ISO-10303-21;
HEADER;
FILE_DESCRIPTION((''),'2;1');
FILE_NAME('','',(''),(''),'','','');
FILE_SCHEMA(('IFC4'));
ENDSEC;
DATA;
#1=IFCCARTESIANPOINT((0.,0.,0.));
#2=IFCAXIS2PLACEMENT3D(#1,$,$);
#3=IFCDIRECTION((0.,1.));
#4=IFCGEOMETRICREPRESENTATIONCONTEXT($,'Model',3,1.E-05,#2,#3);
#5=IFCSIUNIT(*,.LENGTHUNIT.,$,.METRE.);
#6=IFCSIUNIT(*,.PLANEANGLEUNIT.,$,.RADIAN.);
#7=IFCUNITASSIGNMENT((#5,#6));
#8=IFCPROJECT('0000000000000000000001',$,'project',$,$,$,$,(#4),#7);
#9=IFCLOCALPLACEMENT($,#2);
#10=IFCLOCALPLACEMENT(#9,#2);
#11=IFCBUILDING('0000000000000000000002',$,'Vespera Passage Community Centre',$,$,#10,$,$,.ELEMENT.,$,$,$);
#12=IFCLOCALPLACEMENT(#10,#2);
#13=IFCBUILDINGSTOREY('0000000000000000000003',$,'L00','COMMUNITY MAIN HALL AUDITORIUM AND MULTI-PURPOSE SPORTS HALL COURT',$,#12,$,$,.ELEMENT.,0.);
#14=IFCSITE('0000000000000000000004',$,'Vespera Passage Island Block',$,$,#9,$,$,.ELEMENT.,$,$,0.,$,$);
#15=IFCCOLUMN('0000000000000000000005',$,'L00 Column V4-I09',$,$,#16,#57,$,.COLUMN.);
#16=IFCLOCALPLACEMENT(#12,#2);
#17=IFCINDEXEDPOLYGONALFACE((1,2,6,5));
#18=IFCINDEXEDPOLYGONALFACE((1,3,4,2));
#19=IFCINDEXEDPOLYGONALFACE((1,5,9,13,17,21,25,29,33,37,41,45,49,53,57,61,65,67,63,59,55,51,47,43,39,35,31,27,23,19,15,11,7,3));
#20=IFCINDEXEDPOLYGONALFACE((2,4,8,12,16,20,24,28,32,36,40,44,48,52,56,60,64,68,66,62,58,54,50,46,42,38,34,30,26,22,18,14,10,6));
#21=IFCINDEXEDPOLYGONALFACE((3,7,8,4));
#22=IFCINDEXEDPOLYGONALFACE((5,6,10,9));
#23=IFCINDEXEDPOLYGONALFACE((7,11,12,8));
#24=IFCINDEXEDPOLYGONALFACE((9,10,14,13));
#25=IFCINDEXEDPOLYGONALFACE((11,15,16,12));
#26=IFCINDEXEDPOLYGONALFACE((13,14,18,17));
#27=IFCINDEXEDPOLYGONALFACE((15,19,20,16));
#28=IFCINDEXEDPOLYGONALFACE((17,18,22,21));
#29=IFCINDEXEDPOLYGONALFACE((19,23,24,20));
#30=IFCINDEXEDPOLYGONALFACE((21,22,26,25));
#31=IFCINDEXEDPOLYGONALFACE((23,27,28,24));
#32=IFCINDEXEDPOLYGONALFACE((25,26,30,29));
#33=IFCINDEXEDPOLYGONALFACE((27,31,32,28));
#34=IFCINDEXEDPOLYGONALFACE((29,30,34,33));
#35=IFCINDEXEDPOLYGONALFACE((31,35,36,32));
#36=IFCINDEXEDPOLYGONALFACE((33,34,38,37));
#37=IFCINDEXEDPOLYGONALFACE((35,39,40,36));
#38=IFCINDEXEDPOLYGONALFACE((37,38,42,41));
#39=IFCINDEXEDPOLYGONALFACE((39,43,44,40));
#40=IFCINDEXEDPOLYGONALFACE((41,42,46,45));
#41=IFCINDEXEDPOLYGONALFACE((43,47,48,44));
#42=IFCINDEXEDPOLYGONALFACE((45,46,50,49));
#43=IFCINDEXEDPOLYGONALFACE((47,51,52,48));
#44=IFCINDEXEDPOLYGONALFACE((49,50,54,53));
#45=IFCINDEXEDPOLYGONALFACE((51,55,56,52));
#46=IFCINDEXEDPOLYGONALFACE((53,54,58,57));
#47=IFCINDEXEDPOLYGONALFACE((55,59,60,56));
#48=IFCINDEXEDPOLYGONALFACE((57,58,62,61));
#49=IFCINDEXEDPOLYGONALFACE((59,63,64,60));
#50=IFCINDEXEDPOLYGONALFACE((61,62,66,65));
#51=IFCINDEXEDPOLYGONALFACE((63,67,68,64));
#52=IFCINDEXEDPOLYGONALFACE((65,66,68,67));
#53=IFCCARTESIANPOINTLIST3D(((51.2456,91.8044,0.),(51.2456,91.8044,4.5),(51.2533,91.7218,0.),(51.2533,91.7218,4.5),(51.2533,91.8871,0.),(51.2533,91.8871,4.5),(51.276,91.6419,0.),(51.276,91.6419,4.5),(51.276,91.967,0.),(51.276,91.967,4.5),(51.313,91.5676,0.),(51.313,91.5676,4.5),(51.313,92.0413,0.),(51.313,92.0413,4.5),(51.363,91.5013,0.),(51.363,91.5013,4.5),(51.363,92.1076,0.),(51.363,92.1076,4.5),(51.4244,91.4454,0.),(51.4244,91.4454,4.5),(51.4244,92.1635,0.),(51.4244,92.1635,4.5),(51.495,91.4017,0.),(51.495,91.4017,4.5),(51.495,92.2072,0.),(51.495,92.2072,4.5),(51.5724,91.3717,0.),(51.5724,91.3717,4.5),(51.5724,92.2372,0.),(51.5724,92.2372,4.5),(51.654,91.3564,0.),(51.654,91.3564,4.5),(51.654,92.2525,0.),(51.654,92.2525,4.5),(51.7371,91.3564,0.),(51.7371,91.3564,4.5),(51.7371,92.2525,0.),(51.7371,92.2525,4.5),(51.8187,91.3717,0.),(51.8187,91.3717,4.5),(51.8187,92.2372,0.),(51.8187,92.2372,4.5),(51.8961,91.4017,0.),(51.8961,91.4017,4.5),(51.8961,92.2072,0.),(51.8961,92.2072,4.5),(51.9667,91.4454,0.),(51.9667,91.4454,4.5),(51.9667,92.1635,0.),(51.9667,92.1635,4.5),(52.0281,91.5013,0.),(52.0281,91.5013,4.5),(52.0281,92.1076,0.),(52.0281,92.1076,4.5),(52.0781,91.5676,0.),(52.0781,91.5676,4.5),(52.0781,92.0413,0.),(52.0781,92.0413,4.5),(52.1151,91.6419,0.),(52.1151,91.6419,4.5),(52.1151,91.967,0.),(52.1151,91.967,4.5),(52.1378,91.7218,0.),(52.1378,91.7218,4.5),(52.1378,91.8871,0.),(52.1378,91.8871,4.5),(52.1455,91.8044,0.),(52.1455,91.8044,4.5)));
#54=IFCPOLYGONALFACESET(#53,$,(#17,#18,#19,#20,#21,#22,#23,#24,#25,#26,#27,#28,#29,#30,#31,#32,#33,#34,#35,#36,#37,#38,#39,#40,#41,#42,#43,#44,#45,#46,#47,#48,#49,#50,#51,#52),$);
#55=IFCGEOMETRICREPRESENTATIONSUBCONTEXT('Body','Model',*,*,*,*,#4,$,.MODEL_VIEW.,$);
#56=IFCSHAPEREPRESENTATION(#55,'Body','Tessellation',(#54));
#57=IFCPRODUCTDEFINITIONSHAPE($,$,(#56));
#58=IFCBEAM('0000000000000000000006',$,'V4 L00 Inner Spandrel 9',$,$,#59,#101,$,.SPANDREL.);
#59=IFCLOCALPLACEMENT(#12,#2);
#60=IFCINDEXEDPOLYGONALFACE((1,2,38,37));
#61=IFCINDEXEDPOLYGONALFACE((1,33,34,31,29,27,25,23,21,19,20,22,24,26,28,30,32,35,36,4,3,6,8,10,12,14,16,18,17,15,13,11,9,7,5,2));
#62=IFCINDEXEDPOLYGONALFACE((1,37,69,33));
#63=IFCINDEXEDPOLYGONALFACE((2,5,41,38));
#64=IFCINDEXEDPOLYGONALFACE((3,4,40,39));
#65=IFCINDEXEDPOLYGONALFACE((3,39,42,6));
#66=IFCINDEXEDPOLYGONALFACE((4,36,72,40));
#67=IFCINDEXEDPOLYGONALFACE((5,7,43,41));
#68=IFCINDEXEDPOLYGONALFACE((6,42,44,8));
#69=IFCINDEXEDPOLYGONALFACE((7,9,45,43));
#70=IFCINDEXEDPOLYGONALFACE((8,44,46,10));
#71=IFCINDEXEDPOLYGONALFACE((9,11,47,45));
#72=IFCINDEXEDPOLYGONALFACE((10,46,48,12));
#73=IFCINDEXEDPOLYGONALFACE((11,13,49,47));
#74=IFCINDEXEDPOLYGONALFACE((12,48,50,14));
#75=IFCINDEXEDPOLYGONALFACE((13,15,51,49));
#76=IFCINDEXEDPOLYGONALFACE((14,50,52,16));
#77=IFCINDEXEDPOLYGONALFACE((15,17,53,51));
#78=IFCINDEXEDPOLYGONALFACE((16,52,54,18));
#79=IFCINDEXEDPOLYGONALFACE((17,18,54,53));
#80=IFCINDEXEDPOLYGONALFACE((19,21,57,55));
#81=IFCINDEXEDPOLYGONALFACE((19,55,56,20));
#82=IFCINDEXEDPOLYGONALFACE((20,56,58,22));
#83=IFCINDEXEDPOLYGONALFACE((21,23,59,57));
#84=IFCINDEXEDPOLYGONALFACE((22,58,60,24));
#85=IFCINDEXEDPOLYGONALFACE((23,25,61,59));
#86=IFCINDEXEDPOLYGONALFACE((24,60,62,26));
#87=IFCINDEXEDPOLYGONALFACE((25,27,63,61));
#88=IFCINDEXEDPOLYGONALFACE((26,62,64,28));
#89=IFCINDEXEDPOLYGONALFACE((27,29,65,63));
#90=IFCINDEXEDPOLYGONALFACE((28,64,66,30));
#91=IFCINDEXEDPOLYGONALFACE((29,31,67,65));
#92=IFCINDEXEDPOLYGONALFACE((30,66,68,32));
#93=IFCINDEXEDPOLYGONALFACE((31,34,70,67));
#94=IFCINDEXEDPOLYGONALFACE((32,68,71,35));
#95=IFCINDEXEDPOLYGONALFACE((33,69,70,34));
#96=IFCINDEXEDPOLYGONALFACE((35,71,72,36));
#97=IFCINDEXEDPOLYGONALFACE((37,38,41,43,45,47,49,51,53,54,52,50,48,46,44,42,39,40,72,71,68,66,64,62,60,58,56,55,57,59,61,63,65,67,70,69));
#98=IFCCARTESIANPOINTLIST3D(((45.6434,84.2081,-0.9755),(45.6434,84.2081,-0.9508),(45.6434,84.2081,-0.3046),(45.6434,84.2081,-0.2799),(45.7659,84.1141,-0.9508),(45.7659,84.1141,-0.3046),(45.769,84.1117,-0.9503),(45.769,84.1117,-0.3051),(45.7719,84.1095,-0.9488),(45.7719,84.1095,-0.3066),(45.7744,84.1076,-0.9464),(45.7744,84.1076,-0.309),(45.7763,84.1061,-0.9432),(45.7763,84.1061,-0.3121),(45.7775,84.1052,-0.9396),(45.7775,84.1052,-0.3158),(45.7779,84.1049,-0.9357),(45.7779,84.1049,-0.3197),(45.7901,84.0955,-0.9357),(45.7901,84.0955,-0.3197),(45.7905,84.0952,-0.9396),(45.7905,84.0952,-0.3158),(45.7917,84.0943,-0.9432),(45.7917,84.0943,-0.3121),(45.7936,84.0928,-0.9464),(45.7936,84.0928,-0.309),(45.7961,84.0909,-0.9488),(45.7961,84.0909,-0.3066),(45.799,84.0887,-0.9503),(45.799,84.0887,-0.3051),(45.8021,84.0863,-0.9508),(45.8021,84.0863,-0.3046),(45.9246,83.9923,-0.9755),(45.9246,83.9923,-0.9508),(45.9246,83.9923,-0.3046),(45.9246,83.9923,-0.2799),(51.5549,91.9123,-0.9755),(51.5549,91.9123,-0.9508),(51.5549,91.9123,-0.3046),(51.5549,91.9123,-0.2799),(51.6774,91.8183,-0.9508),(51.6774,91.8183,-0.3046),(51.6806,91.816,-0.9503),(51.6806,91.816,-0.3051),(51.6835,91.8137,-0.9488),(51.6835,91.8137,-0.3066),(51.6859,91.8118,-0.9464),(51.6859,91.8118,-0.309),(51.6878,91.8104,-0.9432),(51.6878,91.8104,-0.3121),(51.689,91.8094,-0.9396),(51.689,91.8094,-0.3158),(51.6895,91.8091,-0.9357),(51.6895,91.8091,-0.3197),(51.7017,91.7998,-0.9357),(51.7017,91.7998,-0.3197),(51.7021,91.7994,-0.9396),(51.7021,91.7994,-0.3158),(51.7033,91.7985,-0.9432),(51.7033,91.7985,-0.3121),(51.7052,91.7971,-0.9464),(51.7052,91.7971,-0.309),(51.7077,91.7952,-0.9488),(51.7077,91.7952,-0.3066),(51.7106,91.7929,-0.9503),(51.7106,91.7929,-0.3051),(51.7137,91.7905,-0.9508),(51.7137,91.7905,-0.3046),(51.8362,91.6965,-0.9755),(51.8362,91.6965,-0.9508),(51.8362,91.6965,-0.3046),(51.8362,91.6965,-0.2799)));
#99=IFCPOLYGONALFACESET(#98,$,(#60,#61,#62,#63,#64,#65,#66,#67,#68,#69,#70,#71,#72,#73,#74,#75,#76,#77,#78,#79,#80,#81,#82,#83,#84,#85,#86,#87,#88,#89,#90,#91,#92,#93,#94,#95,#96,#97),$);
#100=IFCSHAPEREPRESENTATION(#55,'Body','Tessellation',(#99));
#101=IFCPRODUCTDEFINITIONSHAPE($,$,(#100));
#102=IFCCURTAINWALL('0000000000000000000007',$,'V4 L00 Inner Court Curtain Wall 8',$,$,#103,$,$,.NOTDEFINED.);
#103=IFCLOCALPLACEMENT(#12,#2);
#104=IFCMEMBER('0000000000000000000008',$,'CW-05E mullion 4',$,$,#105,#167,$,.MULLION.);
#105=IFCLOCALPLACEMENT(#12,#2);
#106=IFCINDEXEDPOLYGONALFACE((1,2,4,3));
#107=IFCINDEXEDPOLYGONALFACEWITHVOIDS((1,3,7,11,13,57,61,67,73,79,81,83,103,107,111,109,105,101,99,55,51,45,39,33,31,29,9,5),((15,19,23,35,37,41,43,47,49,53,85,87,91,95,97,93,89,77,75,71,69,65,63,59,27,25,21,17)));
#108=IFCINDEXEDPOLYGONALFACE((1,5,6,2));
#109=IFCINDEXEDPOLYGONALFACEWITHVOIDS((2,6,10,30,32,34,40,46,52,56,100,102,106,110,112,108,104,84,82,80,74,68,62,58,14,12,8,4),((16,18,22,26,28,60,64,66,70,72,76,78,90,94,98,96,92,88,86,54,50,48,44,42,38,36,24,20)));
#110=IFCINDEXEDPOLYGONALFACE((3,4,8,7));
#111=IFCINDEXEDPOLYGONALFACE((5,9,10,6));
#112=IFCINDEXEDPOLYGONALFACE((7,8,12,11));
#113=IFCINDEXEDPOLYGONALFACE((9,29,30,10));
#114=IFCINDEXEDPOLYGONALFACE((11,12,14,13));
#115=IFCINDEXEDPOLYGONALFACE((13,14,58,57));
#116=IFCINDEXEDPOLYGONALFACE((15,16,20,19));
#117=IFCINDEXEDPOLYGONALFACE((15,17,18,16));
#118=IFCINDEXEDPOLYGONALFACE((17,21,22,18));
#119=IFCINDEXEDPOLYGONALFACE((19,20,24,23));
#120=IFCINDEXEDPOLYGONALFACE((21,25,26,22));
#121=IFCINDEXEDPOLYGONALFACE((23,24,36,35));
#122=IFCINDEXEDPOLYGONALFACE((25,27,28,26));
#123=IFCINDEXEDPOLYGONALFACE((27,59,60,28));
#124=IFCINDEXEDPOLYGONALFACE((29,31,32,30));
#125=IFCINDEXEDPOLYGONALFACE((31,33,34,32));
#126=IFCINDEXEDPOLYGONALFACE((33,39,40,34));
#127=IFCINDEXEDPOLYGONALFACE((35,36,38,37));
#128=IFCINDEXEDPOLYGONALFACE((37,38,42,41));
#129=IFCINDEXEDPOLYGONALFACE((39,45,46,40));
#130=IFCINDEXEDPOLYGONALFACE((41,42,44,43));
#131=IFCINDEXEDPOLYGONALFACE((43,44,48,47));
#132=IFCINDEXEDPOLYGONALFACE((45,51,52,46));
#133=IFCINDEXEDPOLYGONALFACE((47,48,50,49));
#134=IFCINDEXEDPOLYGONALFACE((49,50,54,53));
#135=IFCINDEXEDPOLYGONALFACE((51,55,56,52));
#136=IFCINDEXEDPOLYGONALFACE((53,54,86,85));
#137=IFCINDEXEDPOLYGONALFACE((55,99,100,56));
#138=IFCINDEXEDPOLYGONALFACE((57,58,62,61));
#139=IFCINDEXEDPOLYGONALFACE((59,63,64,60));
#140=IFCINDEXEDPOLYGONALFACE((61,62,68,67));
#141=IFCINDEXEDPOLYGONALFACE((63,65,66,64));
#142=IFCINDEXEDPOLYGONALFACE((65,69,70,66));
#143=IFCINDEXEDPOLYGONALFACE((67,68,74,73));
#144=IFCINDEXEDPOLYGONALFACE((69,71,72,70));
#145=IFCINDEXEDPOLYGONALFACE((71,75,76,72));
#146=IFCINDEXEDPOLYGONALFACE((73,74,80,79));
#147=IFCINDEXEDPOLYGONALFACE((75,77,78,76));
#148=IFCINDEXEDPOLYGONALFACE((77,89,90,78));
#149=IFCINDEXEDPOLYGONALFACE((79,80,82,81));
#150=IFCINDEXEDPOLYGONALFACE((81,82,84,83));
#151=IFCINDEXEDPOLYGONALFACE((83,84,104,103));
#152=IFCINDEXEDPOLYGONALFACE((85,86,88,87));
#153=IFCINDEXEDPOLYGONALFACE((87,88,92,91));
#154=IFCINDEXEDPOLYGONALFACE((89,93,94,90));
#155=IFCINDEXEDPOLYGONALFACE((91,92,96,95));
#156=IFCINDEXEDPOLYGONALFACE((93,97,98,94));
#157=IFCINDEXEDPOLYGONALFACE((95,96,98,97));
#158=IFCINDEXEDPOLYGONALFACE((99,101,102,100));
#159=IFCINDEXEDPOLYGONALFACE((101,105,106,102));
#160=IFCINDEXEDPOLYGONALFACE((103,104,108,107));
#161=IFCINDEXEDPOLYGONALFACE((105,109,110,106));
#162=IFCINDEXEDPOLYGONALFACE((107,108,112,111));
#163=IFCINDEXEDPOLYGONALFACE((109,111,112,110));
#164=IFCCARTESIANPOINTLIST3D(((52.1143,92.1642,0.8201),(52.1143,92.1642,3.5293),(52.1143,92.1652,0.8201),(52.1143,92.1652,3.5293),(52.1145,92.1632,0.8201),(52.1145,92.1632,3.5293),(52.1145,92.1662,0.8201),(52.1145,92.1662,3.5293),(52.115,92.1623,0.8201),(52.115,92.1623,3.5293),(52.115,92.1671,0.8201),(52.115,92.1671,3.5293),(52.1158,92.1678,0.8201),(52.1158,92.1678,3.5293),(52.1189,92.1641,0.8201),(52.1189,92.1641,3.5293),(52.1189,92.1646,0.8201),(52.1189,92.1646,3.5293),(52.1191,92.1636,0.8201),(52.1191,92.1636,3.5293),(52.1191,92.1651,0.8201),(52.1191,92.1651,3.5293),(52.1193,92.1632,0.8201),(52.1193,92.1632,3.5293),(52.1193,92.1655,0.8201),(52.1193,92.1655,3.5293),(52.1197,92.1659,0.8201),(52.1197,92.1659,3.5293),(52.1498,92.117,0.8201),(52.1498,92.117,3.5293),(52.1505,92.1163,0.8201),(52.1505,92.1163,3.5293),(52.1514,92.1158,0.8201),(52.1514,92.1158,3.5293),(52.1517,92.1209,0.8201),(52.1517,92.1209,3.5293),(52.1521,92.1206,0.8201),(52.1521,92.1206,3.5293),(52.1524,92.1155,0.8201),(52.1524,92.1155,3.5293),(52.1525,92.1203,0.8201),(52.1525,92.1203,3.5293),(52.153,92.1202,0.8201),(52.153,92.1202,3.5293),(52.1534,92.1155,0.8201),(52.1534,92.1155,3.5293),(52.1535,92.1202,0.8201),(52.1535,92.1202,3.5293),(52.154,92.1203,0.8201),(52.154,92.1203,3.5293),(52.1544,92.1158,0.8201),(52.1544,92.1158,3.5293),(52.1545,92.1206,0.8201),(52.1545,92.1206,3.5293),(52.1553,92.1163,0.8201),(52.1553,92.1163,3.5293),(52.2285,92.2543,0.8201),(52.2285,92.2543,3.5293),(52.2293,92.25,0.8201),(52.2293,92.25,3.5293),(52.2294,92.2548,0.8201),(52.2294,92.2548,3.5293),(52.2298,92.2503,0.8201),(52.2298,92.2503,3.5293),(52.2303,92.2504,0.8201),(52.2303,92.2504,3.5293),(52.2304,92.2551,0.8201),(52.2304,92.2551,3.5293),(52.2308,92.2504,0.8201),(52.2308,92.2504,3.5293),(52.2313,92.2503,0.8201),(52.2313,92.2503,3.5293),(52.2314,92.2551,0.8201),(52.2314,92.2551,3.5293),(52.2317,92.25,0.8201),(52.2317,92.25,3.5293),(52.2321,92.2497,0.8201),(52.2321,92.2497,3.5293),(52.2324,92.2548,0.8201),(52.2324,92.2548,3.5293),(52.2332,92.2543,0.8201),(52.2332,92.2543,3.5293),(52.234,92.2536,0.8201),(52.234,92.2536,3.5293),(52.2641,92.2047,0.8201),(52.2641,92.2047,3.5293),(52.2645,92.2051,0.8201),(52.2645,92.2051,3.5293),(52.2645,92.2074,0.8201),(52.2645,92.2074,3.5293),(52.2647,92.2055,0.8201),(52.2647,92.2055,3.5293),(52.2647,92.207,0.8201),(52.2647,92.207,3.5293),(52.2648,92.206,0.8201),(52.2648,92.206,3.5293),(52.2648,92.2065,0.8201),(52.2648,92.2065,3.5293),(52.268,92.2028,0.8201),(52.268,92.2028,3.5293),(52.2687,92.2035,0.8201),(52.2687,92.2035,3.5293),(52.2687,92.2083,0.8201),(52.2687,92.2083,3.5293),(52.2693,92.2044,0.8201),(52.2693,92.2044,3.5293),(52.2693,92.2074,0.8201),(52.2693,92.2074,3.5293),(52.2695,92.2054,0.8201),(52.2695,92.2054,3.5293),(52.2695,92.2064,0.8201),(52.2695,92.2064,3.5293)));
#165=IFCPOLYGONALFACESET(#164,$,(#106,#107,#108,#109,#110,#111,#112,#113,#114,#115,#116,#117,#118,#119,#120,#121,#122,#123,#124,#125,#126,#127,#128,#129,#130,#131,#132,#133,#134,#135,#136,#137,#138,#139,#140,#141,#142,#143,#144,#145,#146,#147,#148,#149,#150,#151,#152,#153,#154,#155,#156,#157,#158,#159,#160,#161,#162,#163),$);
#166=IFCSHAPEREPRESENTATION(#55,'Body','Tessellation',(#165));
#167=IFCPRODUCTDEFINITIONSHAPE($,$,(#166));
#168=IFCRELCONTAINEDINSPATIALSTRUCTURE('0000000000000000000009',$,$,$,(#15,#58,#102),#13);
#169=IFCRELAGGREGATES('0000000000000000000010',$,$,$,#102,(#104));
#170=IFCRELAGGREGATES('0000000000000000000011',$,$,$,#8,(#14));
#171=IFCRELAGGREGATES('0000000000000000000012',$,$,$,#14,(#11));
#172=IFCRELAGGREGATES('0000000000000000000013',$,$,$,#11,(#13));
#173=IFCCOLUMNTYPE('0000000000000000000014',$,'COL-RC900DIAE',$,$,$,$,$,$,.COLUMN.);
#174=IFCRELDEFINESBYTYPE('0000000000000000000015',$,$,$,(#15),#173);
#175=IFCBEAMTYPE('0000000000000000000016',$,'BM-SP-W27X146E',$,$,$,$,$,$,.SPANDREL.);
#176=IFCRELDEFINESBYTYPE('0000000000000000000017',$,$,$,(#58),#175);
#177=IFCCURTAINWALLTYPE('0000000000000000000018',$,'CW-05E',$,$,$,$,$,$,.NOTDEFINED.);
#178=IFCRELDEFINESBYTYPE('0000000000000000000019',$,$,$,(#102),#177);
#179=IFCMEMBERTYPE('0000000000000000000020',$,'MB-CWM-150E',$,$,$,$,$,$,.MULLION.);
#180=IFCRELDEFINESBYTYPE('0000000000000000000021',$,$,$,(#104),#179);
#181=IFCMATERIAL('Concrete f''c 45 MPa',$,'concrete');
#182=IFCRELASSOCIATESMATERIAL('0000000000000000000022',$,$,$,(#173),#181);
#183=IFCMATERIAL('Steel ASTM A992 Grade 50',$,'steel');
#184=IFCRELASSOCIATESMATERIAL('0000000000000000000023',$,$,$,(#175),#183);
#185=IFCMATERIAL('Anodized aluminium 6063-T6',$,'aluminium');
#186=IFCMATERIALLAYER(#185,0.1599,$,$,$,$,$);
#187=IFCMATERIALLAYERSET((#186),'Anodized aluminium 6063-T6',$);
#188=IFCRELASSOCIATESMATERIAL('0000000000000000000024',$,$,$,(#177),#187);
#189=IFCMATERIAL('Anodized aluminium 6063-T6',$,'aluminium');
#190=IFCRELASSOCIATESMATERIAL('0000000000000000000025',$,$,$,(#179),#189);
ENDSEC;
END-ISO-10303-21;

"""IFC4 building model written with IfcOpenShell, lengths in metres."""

from ifc_helpers import new_model, si_unit, direction, frame, origin, origin_2d, place, context, subcontext, project, spatial, hollow_rectangle, circle, i_section, extrude, material, layer, layer_set, material_profile, profile_set, type_object, element, aggregate, save


model = new_model("IFC4")

# Units and contexts
model_context = context("Model", 3, precision=1e-05, world=origin(), true_north=direction((0.0, 1.0)))
body_context = subcontext(model_context, "Body", "Model", "MODEL_VIEW")
ifc_project = project(units=[si_unit("LENGTHUNIT", "METRE"), si_unit("PLANEANGLEUNIT", "RADIAN")], contexts=[model_context])

# Site, building, storey
site_placement = place(None, origin())
site = spatial("IfcSite", under=ifc_project, at=site_placement, Name="Vespera Passage Island Block", CompositionType="ELEMENT", RefElevation=0.0)
building_placement = place(site_placement, origin())
building = spatial("IfcBuilding", under=site, at=building_placement, Name="Vespera Passage Community Centre", CompositionType="ELEMENT")
storey_placement = place(building_placement, origin())
storey = spatial("IfcBuildingStorey", under=building, at=storey_placement, Name="L00", Description="COMMUNITY MAIN HALL AUDITORIUM AND MULTI-PURPOSE SPORTS HALL COURT", CompositionType="ELEMENT", Elevation=0.0)

# Column
ifc_material_1 = material(Name="Concrete f'c 45 MPa", Category="concrete")
ifc_material_profile_1 = material_profile(ifc_material_1, circle(Radius=0.45, at=origin_2d()), Name="RC900DIA")
ifc_profile_set_1 = profile_set([ifc_material_profile_1], Name="Concrete f'c 45 MPa")
column_type = type_object("IfcColumnType", Name="COL-RC900DIAE", PredefinedType="COLUMN", material=ifc_profile_set_1)
column_placement = place(storey_placement, frame((51.6956, 91.8044, 0.0), z_axis=(0.0, 0.0, 1.0), x_axis=(1.0, 0.0, 0.0)))
element("IfcColumn", 1, at=column_placement, inside=storey, type_object=column_type, Name="L00 Column V4-I09", PredefinedType="COLUMN", context=body_context, shape_type="SweptSolid", body=[
    extrude(circle(Radius=0.45, at=origin_2d()), origin(), (0.0, 0.0, 1.0), 4.5),
])

# Beam
ifc_material_2 = material(Name="Steel ASTM A992 Grade 50", Category="steel")
ifc_material_profile_2 = material_profile(ifc_material_2, i_section(OverallWidth=0.3545, OverallDepth=0.6956, WebThickness=0.0154, FlangeThickness=0.0247, FilletRadius=0.0151, at=origin_2d()), Name="W27X146")
ifc_profile_set_2 = profile_set([ifc_material_profile_2], Name="Steel ASTM A992 Grade 50")
beam_type = type_object("IfcBeamType", Name="BM-SP-W27X146E", PredefinedType="SPANDREL", material=ifc_profile_set_2)
beam_placement = place(storey_placement, frame((51.6956, 91.8044, -0.6277), z_axis=(-0.608753, -0.79336, 0.0), x_axis=(0.79336, -0.608753, 0.0)))
element("IfcBeam", 2, at=beam_placement, inside=storey, type_object=beam_type, Name="V4 L00 Inner Spandrel 9", PredefinedType="SPANDREL", context=body_context, shape_type="SweptSolid", body=[
    extrude(i_section(OverallWidth=0.3545, OverallDepth=0.6956, WebThickness=0.0154, FlangeThickness=0.0247, FilletRadius=0.0151, at=origin_2d()), origin(), (0.0, 0.0, 1.0), 9.7109),
])

# Curtain wall, member
ifc_material_3 = material(Name="Anodized aluminium 6063-T6", Category="aluminium")
ifc_layer_1 = layer(ifc_material_3, 0.1599)
ifc_layer_set_1 = layer_set([ifc_layer_1], Name="Anodized aluminium 6063-T6")
curtain_wall_type_1 = type_object("IfcCurtainWallType", Name="CW-05E", PredefinedType="NOTDEFINED", material=ifc_layer_set_1)
curtain_wall_1_placement = place(storey_placement, origin())
curtain_wall_1 = element("IfcCurtainWall", 3, at=curtain_wall_1_placement, inside=storey, type_object=curtain_wall_type_1, Name="V4 L00 Inner Court Curtain Wall 8", PredefinedType="NOTDEFINED")
ifc_material_4 = material(Name="Anodized aluminium 6063-T6", Category="aluminium")
ifc_material_profile_3 = material_profile(ifc_material_4, hollow_rectangle(XDim=0.0649, YDim=0.1499, WallThickness=0.0039, InnerFilletRadius=0.002, OuterFilletRadius=0.0039, at=origin_2d()), Name="ALU150X65X4")
ifc_profile_set_3 = profile_set([ifc_material_profile_3], Name="Anodized aluminium 6063-T6")
member_type_1 = type_object("IfcMemberType", Name="MB-CWM-150E", PredefinedType="MULLION", material=ifc_profile_set_3)
member_1_placement = place(storey_placement, frame((52.1919, 92.1853, 0.8201), z_axis=(0.0, 0.0, 1.0), x_axis=(0.608755, -0.793358, 0.0)))
member_1 = element("IfcMember", 4, at=member_1_placement, type_object=member_type_1, Name="CW-05E mullion 4", PredefinedType="MULLION", context=body_context, shape_type="SweptSolid", body=[
    extrude(hollow_rectangle(XDim=0.0649, YDim=0.1499, WallThickness=0.0039, InnerFilletRadius=0.002, OuterFilletRadius=0.0039, at=origin_2d()), origin(), (0.0, 0.0, 1.0), 2.7092),
])

aggregate(curtain_wall_1, [member_1])

save(model, "model.ifc")
